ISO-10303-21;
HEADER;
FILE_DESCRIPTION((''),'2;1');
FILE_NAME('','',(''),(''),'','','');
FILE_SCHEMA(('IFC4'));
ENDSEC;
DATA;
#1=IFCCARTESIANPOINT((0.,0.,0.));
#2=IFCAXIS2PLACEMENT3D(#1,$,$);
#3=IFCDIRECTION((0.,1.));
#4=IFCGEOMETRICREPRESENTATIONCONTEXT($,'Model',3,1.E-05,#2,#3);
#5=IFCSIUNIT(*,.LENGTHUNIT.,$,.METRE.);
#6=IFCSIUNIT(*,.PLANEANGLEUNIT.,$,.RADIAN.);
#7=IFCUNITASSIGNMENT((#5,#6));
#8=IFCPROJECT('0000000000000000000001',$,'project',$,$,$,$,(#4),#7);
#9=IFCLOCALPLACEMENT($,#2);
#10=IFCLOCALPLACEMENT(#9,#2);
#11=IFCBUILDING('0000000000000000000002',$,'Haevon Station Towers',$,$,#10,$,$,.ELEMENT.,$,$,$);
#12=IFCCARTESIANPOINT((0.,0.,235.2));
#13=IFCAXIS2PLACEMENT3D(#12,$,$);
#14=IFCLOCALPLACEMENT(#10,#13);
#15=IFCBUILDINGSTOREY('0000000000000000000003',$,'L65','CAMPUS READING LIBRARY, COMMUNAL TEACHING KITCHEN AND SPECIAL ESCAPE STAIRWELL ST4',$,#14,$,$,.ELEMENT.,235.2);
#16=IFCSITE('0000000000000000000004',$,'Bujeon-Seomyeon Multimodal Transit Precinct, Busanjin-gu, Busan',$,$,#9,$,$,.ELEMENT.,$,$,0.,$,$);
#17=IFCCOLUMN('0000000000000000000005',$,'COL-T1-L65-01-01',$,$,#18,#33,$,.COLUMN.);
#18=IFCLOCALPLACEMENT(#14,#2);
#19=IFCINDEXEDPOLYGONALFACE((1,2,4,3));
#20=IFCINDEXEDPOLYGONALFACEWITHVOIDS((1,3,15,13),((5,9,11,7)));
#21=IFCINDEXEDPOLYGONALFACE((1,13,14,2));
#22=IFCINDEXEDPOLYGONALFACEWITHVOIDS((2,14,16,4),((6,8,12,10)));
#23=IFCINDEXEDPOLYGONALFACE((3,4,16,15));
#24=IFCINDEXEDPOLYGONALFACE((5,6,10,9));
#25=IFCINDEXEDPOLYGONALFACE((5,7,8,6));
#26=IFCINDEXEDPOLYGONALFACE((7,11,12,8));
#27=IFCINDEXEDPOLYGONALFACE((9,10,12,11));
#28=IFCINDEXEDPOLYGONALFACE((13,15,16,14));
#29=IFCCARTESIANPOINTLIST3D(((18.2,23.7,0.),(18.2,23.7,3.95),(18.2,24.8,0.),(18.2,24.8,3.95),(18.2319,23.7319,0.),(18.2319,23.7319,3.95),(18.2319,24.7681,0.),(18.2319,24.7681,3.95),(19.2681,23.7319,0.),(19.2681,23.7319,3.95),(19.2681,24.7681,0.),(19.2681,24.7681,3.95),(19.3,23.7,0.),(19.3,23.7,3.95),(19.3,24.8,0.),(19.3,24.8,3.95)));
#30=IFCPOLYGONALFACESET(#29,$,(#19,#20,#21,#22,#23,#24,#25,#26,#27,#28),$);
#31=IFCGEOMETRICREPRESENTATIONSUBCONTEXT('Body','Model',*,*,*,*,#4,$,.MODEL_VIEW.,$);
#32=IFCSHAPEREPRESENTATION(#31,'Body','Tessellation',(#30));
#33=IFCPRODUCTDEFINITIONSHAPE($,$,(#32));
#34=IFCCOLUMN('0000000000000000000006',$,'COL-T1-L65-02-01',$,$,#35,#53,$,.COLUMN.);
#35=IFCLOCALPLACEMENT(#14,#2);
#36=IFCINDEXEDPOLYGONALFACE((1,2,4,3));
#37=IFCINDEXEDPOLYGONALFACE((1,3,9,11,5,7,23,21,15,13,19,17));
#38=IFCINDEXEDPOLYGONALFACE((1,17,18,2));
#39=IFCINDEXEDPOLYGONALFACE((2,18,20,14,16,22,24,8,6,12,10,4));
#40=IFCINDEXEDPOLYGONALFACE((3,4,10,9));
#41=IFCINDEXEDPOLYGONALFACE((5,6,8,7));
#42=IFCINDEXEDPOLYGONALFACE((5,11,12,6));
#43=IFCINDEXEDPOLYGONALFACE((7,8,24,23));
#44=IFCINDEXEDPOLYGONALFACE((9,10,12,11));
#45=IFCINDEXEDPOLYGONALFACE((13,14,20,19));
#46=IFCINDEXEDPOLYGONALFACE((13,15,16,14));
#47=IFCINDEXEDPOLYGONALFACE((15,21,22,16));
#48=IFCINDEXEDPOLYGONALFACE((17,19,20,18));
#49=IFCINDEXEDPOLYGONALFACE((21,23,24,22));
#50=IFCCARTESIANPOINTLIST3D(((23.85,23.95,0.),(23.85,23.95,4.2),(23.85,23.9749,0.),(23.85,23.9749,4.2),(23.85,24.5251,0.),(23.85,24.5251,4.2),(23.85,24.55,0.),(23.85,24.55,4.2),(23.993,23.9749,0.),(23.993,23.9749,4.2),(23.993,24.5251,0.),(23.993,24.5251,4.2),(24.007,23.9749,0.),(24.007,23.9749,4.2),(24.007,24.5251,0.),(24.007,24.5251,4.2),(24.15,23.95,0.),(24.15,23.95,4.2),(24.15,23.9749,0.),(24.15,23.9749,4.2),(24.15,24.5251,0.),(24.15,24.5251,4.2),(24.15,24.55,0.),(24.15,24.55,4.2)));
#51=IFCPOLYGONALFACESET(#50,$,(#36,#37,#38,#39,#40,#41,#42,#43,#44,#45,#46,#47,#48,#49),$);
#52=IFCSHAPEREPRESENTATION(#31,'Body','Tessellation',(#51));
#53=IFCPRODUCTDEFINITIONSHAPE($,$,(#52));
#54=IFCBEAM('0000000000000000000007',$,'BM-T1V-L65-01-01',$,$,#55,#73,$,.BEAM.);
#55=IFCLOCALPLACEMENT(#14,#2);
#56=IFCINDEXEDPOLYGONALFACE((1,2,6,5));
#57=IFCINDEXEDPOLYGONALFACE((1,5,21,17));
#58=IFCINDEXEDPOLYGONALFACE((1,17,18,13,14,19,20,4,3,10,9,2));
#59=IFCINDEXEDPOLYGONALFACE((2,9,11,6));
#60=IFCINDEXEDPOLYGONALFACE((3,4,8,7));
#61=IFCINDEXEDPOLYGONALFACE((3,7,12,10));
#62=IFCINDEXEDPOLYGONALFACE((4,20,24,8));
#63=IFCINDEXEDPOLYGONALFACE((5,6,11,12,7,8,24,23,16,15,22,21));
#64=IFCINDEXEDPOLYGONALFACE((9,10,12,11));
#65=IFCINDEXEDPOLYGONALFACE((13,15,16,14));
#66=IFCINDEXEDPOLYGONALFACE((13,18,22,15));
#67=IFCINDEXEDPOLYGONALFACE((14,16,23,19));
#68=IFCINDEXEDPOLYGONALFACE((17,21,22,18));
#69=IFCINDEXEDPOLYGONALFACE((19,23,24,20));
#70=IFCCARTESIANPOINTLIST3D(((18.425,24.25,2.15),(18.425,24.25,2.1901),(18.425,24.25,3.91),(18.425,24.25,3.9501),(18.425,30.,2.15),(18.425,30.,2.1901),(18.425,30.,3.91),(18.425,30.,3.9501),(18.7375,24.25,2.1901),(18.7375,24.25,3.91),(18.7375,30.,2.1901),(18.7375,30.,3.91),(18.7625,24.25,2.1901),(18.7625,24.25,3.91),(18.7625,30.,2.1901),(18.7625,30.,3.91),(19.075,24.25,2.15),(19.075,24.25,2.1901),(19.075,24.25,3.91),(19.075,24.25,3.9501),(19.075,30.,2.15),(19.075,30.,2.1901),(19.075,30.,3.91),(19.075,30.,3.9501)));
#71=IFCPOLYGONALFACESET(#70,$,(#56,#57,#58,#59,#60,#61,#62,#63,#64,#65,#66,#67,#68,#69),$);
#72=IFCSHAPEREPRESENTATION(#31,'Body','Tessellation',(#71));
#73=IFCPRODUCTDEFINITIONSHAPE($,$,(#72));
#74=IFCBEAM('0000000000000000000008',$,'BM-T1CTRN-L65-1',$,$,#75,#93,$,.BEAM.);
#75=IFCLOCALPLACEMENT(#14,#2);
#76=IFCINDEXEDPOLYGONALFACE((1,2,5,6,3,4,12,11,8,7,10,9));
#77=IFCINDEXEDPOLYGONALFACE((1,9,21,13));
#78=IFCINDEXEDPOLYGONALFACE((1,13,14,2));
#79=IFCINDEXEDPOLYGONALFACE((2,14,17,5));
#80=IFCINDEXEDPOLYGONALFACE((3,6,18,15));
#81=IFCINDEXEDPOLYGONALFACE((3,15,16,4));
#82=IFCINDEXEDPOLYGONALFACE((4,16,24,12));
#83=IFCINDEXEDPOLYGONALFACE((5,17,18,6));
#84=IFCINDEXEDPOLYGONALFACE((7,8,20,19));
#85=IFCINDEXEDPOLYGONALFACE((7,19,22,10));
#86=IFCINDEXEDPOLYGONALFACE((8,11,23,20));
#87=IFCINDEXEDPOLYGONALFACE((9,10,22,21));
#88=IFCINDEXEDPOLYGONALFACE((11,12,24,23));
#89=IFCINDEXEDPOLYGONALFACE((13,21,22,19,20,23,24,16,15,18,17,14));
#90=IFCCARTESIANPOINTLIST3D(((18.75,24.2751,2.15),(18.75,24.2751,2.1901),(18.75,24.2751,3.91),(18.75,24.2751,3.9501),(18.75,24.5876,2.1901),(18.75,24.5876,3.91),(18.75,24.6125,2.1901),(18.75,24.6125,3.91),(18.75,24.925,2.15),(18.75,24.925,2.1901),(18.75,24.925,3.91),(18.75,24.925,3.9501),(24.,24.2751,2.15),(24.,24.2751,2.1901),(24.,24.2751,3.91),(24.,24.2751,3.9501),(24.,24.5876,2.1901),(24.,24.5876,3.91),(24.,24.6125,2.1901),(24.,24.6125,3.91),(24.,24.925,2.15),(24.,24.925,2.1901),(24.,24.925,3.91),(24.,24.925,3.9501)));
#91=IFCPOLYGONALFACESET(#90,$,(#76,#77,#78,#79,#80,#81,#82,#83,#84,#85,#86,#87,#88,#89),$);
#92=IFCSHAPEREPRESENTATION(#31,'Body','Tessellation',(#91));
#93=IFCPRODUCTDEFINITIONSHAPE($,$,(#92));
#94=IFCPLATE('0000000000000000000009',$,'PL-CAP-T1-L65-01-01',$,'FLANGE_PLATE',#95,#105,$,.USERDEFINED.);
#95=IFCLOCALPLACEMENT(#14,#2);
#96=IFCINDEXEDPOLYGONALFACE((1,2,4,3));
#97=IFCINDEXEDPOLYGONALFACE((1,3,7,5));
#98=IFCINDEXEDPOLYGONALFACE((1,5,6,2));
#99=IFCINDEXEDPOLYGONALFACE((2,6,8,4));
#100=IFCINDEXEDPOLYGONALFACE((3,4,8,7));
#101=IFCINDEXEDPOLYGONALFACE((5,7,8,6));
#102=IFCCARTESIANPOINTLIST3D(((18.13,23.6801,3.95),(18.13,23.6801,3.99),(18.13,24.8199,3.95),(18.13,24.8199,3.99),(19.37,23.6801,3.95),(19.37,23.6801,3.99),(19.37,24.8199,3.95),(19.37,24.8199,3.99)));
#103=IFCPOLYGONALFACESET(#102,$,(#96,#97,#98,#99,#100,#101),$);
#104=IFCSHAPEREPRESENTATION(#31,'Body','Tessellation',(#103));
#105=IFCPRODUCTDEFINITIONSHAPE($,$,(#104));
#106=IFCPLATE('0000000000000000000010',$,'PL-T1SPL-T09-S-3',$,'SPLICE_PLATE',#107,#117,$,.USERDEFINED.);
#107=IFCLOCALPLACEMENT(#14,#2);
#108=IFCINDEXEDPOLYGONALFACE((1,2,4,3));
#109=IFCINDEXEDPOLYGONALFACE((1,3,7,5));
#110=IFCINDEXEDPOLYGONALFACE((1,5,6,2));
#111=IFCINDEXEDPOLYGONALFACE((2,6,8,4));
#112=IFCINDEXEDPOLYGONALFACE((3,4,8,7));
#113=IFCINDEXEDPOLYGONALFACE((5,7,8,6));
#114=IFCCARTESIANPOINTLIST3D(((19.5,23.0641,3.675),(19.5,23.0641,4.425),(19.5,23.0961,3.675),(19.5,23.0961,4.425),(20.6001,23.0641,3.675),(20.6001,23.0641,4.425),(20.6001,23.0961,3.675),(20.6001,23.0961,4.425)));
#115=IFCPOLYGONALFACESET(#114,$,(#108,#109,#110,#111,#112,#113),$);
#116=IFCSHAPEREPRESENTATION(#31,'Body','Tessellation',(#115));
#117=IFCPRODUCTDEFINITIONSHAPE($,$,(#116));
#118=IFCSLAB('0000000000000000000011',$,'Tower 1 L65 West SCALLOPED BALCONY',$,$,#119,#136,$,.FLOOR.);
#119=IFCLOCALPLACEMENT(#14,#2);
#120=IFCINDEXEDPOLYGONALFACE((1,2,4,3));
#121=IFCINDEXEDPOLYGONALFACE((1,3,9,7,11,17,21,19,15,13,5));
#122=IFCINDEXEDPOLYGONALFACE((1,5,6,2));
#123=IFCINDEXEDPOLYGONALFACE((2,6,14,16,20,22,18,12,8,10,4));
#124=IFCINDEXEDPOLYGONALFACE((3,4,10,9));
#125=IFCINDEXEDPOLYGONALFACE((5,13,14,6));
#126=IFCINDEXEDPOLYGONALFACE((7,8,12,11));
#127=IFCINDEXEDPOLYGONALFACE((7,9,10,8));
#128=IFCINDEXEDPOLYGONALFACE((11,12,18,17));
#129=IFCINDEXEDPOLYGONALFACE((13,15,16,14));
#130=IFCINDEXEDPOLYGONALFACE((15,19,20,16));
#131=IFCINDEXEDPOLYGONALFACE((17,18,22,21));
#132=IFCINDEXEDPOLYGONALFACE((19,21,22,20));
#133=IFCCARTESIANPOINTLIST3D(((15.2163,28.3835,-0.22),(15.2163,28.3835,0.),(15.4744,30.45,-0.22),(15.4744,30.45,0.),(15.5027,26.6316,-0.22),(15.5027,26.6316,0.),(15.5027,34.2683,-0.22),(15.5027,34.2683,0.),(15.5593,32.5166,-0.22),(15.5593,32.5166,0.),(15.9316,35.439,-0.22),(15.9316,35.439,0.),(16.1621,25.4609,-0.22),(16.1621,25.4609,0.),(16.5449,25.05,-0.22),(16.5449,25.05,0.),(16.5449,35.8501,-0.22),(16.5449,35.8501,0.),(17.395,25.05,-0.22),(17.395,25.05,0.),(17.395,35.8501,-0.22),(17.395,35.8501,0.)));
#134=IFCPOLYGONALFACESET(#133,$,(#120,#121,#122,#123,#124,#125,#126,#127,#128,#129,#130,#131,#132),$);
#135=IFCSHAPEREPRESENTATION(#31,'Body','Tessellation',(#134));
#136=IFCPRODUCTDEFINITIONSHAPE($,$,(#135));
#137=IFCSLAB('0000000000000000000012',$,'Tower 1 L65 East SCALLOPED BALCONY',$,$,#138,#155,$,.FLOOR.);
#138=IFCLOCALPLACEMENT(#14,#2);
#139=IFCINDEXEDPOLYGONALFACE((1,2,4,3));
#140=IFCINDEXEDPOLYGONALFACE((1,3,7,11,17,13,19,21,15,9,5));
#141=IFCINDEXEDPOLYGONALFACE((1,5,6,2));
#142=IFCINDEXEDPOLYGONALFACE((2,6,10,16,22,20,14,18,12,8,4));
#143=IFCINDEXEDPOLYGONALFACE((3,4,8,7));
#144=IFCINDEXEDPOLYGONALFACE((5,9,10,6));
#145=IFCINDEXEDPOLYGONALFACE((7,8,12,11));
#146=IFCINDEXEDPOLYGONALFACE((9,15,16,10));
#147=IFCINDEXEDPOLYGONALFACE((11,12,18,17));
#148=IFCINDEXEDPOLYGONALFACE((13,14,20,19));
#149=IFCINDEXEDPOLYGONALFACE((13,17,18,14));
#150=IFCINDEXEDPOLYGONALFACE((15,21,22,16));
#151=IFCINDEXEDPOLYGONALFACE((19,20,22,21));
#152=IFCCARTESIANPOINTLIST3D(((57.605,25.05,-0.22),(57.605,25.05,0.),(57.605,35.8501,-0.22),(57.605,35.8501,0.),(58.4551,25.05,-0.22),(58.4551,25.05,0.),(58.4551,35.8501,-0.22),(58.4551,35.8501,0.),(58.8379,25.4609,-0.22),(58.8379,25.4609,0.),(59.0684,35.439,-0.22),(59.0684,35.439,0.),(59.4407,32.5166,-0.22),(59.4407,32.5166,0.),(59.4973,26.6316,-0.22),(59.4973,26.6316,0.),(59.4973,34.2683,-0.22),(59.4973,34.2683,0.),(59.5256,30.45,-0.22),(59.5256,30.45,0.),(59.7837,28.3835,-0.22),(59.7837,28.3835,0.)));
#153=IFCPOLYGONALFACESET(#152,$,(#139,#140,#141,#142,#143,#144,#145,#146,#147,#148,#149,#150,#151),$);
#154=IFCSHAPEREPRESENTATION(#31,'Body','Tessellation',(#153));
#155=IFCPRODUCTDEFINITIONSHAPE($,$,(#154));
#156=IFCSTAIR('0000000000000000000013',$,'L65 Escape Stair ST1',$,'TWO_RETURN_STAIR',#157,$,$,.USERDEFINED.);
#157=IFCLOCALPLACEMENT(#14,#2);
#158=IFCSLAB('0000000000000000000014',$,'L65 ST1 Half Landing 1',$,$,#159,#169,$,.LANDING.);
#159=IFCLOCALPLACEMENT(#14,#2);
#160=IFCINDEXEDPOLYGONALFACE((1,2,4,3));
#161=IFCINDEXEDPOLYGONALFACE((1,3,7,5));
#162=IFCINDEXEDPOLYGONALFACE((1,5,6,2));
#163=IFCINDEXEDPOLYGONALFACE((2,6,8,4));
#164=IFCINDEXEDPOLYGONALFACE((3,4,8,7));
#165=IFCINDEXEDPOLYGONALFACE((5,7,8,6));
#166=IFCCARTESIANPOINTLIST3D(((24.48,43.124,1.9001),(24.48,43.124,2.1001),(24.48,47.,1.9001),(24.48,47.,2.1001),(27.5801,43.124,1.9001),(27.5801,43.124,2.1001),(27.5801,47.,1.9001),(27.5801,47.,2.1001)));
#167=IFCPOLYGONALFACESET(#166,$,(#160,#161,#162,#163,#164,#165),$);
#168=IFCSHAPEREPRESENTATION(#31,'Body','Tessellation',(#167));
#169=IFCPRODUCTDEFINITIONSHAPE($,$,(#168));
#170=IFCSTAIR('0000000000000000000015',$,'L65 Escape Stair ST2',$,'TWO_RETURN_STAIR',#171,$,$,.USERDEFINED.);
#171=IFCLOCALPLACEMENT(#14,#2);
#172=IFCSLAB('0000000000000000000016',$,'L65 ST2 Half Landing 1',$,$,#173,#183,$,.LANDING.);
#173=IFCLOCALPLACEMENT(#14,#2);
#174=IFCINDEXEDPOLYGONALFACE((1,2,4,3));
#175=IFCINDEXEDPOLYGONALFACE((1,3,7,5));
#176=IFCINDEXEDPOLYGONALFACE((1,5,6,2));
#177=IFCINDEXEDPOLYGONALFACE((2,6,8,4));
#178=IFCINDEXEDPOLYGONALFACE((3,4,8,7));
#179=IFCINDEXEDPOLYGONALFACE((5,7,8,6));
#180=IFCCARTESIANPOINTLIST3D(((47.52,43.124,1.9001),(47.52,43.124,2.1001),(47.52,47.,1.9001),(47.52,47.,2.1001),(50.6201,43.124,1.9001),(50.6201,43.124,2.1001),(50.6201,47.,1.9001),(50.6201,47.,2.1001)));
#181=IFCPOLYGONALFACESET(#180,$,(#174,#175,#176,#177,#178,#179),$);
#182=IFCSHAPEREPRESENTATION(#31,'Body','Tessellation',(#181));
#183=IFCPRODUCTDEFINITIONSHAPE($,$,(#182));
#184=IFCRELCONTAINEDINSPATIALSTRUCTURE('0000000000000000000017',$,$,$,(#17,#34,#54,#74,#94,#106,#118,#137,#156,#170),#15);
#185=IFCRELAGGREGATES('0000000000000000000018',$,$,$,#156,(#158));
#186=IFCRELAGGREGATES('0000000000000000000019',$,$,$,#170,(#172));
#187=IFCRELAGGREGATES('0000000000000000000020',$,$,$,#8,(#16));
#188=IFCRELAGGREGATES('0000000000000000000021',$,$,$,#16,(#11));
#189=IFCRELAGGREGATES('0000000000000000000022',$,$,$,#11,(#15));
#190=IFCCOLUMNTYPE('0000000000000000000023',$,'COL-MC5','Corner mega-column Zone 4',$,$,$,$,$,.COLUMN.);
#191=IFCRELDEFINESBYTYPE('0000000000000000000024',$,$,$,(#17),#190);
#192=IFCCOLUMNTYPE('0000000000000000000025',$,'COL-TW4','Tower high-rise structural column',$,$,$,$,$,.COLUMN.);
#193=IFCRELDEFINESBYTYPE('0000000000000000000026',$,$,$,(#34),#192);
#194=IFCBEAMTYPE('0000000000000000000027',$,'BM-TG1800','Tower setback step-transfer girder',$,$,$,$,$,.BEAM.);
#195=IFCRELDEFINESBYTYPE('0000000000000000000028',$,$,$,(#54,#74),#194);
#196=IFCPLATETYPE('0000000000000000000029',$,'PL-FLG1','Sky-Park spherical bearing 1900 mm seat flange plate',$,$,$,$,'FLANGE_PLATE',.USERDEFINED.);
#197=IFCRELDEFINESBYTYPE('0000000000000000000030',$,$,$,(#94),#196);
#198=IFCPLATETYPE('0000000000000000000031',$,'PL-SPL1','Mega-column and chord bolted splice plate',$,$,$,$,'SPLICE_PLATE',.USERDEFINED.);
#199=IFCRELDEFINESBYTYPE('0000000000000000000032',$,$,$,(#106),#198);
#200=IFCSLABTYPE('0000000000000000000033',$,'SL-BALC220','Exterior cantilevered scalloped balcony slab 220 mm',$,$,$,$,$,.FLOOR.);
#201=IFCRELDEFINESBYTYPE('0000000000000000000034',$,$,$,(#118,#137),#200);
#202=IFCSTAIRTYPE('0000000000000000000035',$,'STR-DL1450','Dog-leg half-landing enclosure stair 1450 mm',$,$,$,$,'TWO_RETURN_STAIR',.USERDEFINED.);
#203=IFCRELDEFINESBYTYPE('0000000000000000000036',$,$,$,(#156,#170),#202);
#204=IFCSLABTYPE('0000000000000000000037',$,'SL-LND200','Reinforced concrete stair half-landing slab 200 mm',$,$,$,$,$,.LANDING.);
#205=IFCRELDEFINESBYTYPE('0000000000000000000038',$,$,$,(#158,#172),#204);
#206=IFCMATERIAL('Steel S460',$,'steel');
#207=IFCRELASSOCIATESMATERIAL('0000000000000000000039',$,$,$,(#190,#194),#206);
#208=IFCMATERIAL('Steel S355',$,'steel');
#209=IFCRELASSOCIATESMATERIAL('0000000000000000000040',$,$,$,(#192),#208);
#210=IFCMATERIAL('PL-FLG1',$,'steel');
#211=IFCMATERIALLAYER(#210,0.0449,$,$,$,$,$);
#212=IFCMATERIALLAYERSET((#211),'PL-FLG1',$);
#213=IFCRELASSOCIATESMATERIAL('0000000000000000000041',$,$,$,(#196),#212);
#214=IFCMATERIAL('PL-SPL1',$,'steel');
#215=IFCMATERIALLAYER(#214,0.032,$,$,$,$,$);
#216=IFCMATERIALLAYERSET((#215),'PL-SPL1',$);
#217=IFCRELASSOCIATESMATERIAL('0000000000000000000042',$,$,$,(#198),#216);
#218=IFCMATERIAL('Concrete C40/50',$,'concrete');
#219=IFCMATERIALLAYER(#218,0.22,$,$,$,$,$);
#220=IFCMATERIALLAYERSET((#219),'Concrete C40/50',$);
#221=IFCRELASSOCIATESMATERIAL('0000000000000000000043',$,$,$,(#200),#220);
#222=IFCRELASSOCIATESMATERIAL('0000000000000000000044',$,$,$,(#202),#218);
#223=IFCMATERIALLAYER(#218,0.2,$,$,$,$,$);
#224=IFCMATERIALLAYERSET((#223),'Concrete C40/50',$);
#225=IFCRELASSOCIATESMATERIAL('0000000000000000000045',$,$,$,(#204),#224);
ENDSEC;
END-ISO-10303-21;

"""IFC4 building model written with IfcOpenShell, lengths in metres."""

from ifc_helpers import new_model, si_unit, direction, frame, origin, origin_2d, place, context, subcontext, project, spatial, polyline, rectangle, hollow_rectangle, i_section, outline, extrude, material, layer, layer_set, material_profile, profile_set, type_object, element, aggregate, save


model = new_model("IFC4")

# Units and contexts
model_context = context("Model", 3, precision=1e-05, world=origin(), true_north=direction((0.0, 1.0)))
body_context = subcontext(model_context, "Body", "Model", "MODEL_VIEW")
ifc_project = project(units=[si_unit("LENGTHUNIT", "METRE"), si_unit("PLANEANGLEUNIT", "RADIAN")], contexts=[model_context])

# Site, building, storey
site_placement = place(None, origin())
site = spatial("IfcSite", under=ifc_project, at=site_placement, Name="Bujeon-Seomyeon Multimodal Transit Precinct, Busanjin-gu, Busan", CompositionType="ELEMENT", RefElevation=0.0)
building_placement = place(site_placement, origin())
building = spatial("IfcBuilding", under=site, at=building_placement, Name="Haevon Station Towers", CompositionType="ELEMENT")
storey_placement = place(building_placement, frame((0.0, 0.0, 235.2)))
storey = spatial("IfcBuildingStorey", under=building, at=storey_placement, Name="L65", Description="CAMPUS READING LIBRARY, COMMUNAL TEACHING KITCHEN AND SPECIAL ESCAPE STAIRWELL ST4", CompositionType="ELEMENT", Elevation=235.2)

# Columns
ifc_material_1 = material(Name="Steel S460", Category="steel")
ifc_material_profile_1 = material_profile(ifc_material_1, hollow_rectangle(XDim=1.1001, YDim=1.1001, WallThickness=0.032, at=origin_2d()), Name="BOX-1100x1100x32")
ifc_profile_set_1 = profile_set([ifc_material_profile_1], Name="Steel S460")
column_type_1 = type_object("IfcColumnType", Name="COL-MC5", Description="Corner mega-column Zone 4", PredefinedType="COLUMN", material=ifc_profile_set_1)
column_1_placement = place(storey_placement, frame((18.75, 24.25, 0.0), z_axis=(0.0, 0.0, 1.0), x_axis=(1.0, 0.0, 0.0)))
element("IfcColumn", 1, at=column_1_placement, inside=storey, type_object=column_type_1, Name="COL-T1-L65-01-01", PredefinedType="COLUMN", context=body_context, shape_type="SweptSolid", body=[
    extrude(hollow_rectangle(XDim=1.1001, YDim=1.1001, WallThickness=0.032, at=origin_2d()), origin(), (0.0, 0.0, 1.0), 3.95),
])
ifc_material_2 = material(Name="Steel S355", Category="steel")
ifc_material_profile_2 = material_profile(ifc_material_2, i_section(OverallWidth=0.3, OverallDepth=0.6001, WebThickness=0.0139, FlangeThickness=0.0249, at=origin_2d()), Name="H-600x300x14x25")
ifc_profile_set_2 = profile_set([ifc_material_profile_2], Name="Steel S355")
column_type_2 = type_object("IfcColumnType", Name="COL-TW4", Description="Tower high-rise structural column", PredefinedType="COLUMN", material=ifc_profile_set_2)
column_2_placement = place(storey_placement, frame((24.0, 24.25, 0.0), z_axis=(0.0, 0.0, 1.0), x_axis=(1.0, 0.0, 0.0)))
element("IfcColumn", 2, at=column_2_placement, inside=storey, type_object=column_type_2, Name="COL-T1-L65-02-01", PredefinedType="COLUMN", context=body_context, shape_type="SweptSolid", body=[
    extrude(i_section(OverallWidth=0.3, OverallDepth=0.6001, WebThickness=0.0139, FlangeThickness=0.0249, at=origin_2d()), origin(), (0.0, 0.0, 1.0), 4.2),
])

# Beams
ifc_material_profile_3 = material_profile(ifc_material_1, i_section(OverallWidth=0.6499, OverallDepth=1.8, WebThickness=0.0249, FlangeThickness=0.04, at=origin_2d()), Name="H-1800x650x25x40")
ifc_profile_set_3 = profile_set([ifc_material_profile_3], Name="Steel S460")
beam_type = type_object("IfcBeamType", Name="BM-TG1800", Description="Tower setback step-transfer girder", PredefinedType="BEAM", material=ifc_profile_set_3)
beam_1_placement = place(storey_placement, frame((18.75, 24.25, 3.05), z_axis=(0.0, 1.0, 0.0), x_axis=(-1.0, 0.0, 0.0)))
element("IfcBeam", 3, at=beam_1_placement, inside=storey, type_object=beam_type, Name="BM-T1V-L65-01-01", PredefinedType="BEAM", context=body_context, shape_type="SweptSolid", body=[
    extrude(i_section(OverallWidth=0.6499, OverallDepth=1.8, WebThickness=0.0249, FlangeThickness=0.04, at=origin_2d()), origin(), (0.0, 0.0, 1.0), 5.75),
])
beam_2_placement = place(storey_placement, frame((18.75, 24.6001, 3.05), z_axis=(1.0, 0.0, 0.0), x_axis=(0.0, 1.0, 0.0)))
element("IfcBeam", 4, at=beam_2_placement, inside=storey, type_object=beam_type, Name="BM-T1CTRN-L65-1", PredefinedType="BEAM", context=body_context, shape_type="SweptSolid", body=[
    extrude(i_section(OverallWidth=0.6499, OverallDepth=1.8, WebThickness=0.0249, FlangeThickness=0.04, at=origin_2d()), origin(), (0.0, 0.0, 1.0), 5.25),
])

# Plates
ifc_material_3 = material(Name="PL-FLG1", Category="steel")
ifc_layer_1 = layer(ifc_material_3, 0.0449)
ifc_layer_set_1 = layer_set([ifc_layer_1], Name="PL-FLG1")
plate_type_1 = type_object("IfcPlateType", Name="PL-FLG1", Description="Sky-Park spherical bearing 1900 mm seat flange plate", ElementType="FLANGE_PLATE", PredefinedType="USERDEFINED", material=ifc_layer_set_1)
plate_1_placement = place(storey_placement, frame((18.75, 24.25, 3.95), z_axis=(0.0, 0.0, 1.0), x_axis=(1.0, 0.0, 0.0)))
element("IfcPlate", 5, at=plate_1_placement, inside=storey, type_object=plate_type_1, Name="PL-CAP-T1-L65-01-01", ObjectType="FLANGE_PLATE", PredefinedType="USERDEFINED", context=body_context, shape_type="SweptSolid", body=[
    extrude(rectangle(XDim=1.24, YDim=1.1399, at=origin_2d()), origin(), (0.0, 0.0, 1.0), 0.04),
])
ifc_material_4 = material(Name="PL-SPL1", Category="steel")
ifc_layer_2 = layer(ifc_material_4, 0.032)
ifc_layer_set_2 = layer_set([ifc_layer_2], Name="PL-SPL1")
plate_type_2 = type_object("IfcPlateType", Name="PL-SPL1", Description="Mega-column and chord bolted splice plate", ElementType="SPLICE_PLATE", PredefinedType="USERDEFINED", material=ifc_layer_set_2)
plate_2_placement = place(storey_placement, frame((20.05, 23.0801, 3.675), z_axis=(0.0, 0.0, 1.0), x_axis=(1.0, 0.0, 0.0)))
element("IfcPlate", 6, at=plate_2_placement, inside=storey, type_object=plate_type_2, Name="PL-T1SPL-T09-S-3", ObjectType="SPLICE_PLATE", PredefinedType="USERDEFINED", context=body_context, shape_type="SweptSolid", body=[
    extrude(rectangle(XDim=1.1001, YDim=0.032, at=origin_2d()), origin(), (0.0, 0.0, 1.0), 0.75),
])

# Slabs
ifc_material_5 = material(Name="Concrete C40/50", Category="concrete")
ifc_layer_3 = layer(ifc_material_5, 0.22)
ifc_layer_set_3 = layer_set([ifc_layer_3], Name="Concrete C40/50")
slab_type_1 = type_object("IfcSlabType", Name="SL-BALC220", Description="Exterior cantilevered scalloped balcony slab 220 mm", PredefinedType="FLOOR", material=ifc_layer_set_3)
slab_1_placement = place(storey_placement, frame((0.0, 0.0, -0.22)))
element("IfcSlab", 7, at=slab_1_placement, inside=storey, type_object=slab_type_1, Name="Tower 1 L65 West SCALLOPED BALCONY", PredefinedType="FLOOR", context=body_context, shape_type="SweptSolid", body=[
    extrude(outline(polyline([(17.395, 35.8501), (16.5449, 35.8501), (15.9316, 35.439), (15.5027, 34.2683), (15.5593, 32.5166), (15.4744, 30.45), (15.2163, 28.3835), (15.5027, 26.6316), (16.1621, 25.4609), (16.5449, 25.05), (17.395, 25.05), (17.395, 35.8501)])), origin(), (0.0, 0.0, 1.0), 0.22),
])
slab_2_placement = place(storey_placement, frame((0.0, 0.0, -0.22)))
element("IfcSlab", 8, at=slab_2_placement, inside=storey, type_object=slab_type_1, Name="Tower 1 L65 East SCALLOPED BALCONY", PredefinedType="FLOOR", context=body_context, shape_type="SweptSolid", body=[
    extrude(outline(polyline([(57.605, 25.05), (58.4551, 25.05), (58.8379, 25.4609), (59.4973, 26.6316), (59.7837, 28.3835), (59.5256, 30.45), (59.4407, 32.5166), (59.4973, 34.2683), (59.0684, 35.439), (58.4551, 35.8501), (57.605, 35.8501), (57.605, 25.05)])), origin(), (0.0, 0.0, 1.0), 0.22),
])

# Stairs, slabs
stair_type = type_object("IfcStairType", Name="STR-DL1450", Description="Dog-leg half-landing enclosure stair 1450 mm", ElementType="TWO_RETURN_STAIR", PredefinedType="USERDEFINED", material=ifc_material_5)
stair_1_placement = place(storey_placement, origin())
stair_1 = element("IfcStair", 9, at=stair_1_placement, inside=storey, type_object=stair_type, Name="L65 Escape Stair ST1", ObjectType="TWO_RETURN_STAIR", PredefinedType="USERDEFINED")
ifc_layer_4 = layer(ifc_material_5, 0.2)
ifc_layer_set_4 = layer_set([ifc_layer_4], Name="Concrete C40/50")
slab_type_2 = type_object("IfcSlabType", Name="SL-LND200", Description="Reinforced concrete stair half-landing slab 200 mm", PredefinedType="LANDING", material=ifc_layer_set_4)
slab_3_placement = place(storey_placement, frame((0.0, 0.0, 1.9001)))
slab_3 = element("IfcSlab", 10, at=slab_3_placement, type_object=slab_type_2, Name="L65 ST1 Half Landing 1", PredefinedType="LANDING", context=body_context, shape_type="SweptSolid", body=[
    extrude(outline(polyline([(27.5801, 43.124), (27.5801, 47.0), (24.48, 47.0), (24.48, 43.124), (27.5801, 43.124)])), origin(), (0.0, 0.0, 1.0), 0.2),
])
aggregate(stair_1, [slab_3])
stair_2_placement = place(storey_placement, origin())
stair_2 = element("IfcStair", 11, at=stair_2_placement, inside=storey, type_object=stair_type, Name="L65 Escape Stair ST2", ObjectType="TWO_RETURN_STAIR", PredefinedType="USERDEFINED")
slab_4_placement = place(storey_placement, frame((0.0, 0.0, 1.9001)))
slab_4 = element("IfcSlab", 12, at=slab_4_placement, type_object=slab_type_2, Name="L65 ST2 Half Landing 1", PredefinedType="LANDING", context=body_context, shape_type="SweptSolid", body=[
    extrude(outline(polyline([(50.6201, 43.124), (50.6201, 47.0), (47.52, 47.0), (47.52, 43.124), (50.6201, 43.124)])), origin(), (0.0, 0.0, 1.0), 0.2),
])
aggregate(stair_2, [slab_4])

save(model, "model.ifc")
